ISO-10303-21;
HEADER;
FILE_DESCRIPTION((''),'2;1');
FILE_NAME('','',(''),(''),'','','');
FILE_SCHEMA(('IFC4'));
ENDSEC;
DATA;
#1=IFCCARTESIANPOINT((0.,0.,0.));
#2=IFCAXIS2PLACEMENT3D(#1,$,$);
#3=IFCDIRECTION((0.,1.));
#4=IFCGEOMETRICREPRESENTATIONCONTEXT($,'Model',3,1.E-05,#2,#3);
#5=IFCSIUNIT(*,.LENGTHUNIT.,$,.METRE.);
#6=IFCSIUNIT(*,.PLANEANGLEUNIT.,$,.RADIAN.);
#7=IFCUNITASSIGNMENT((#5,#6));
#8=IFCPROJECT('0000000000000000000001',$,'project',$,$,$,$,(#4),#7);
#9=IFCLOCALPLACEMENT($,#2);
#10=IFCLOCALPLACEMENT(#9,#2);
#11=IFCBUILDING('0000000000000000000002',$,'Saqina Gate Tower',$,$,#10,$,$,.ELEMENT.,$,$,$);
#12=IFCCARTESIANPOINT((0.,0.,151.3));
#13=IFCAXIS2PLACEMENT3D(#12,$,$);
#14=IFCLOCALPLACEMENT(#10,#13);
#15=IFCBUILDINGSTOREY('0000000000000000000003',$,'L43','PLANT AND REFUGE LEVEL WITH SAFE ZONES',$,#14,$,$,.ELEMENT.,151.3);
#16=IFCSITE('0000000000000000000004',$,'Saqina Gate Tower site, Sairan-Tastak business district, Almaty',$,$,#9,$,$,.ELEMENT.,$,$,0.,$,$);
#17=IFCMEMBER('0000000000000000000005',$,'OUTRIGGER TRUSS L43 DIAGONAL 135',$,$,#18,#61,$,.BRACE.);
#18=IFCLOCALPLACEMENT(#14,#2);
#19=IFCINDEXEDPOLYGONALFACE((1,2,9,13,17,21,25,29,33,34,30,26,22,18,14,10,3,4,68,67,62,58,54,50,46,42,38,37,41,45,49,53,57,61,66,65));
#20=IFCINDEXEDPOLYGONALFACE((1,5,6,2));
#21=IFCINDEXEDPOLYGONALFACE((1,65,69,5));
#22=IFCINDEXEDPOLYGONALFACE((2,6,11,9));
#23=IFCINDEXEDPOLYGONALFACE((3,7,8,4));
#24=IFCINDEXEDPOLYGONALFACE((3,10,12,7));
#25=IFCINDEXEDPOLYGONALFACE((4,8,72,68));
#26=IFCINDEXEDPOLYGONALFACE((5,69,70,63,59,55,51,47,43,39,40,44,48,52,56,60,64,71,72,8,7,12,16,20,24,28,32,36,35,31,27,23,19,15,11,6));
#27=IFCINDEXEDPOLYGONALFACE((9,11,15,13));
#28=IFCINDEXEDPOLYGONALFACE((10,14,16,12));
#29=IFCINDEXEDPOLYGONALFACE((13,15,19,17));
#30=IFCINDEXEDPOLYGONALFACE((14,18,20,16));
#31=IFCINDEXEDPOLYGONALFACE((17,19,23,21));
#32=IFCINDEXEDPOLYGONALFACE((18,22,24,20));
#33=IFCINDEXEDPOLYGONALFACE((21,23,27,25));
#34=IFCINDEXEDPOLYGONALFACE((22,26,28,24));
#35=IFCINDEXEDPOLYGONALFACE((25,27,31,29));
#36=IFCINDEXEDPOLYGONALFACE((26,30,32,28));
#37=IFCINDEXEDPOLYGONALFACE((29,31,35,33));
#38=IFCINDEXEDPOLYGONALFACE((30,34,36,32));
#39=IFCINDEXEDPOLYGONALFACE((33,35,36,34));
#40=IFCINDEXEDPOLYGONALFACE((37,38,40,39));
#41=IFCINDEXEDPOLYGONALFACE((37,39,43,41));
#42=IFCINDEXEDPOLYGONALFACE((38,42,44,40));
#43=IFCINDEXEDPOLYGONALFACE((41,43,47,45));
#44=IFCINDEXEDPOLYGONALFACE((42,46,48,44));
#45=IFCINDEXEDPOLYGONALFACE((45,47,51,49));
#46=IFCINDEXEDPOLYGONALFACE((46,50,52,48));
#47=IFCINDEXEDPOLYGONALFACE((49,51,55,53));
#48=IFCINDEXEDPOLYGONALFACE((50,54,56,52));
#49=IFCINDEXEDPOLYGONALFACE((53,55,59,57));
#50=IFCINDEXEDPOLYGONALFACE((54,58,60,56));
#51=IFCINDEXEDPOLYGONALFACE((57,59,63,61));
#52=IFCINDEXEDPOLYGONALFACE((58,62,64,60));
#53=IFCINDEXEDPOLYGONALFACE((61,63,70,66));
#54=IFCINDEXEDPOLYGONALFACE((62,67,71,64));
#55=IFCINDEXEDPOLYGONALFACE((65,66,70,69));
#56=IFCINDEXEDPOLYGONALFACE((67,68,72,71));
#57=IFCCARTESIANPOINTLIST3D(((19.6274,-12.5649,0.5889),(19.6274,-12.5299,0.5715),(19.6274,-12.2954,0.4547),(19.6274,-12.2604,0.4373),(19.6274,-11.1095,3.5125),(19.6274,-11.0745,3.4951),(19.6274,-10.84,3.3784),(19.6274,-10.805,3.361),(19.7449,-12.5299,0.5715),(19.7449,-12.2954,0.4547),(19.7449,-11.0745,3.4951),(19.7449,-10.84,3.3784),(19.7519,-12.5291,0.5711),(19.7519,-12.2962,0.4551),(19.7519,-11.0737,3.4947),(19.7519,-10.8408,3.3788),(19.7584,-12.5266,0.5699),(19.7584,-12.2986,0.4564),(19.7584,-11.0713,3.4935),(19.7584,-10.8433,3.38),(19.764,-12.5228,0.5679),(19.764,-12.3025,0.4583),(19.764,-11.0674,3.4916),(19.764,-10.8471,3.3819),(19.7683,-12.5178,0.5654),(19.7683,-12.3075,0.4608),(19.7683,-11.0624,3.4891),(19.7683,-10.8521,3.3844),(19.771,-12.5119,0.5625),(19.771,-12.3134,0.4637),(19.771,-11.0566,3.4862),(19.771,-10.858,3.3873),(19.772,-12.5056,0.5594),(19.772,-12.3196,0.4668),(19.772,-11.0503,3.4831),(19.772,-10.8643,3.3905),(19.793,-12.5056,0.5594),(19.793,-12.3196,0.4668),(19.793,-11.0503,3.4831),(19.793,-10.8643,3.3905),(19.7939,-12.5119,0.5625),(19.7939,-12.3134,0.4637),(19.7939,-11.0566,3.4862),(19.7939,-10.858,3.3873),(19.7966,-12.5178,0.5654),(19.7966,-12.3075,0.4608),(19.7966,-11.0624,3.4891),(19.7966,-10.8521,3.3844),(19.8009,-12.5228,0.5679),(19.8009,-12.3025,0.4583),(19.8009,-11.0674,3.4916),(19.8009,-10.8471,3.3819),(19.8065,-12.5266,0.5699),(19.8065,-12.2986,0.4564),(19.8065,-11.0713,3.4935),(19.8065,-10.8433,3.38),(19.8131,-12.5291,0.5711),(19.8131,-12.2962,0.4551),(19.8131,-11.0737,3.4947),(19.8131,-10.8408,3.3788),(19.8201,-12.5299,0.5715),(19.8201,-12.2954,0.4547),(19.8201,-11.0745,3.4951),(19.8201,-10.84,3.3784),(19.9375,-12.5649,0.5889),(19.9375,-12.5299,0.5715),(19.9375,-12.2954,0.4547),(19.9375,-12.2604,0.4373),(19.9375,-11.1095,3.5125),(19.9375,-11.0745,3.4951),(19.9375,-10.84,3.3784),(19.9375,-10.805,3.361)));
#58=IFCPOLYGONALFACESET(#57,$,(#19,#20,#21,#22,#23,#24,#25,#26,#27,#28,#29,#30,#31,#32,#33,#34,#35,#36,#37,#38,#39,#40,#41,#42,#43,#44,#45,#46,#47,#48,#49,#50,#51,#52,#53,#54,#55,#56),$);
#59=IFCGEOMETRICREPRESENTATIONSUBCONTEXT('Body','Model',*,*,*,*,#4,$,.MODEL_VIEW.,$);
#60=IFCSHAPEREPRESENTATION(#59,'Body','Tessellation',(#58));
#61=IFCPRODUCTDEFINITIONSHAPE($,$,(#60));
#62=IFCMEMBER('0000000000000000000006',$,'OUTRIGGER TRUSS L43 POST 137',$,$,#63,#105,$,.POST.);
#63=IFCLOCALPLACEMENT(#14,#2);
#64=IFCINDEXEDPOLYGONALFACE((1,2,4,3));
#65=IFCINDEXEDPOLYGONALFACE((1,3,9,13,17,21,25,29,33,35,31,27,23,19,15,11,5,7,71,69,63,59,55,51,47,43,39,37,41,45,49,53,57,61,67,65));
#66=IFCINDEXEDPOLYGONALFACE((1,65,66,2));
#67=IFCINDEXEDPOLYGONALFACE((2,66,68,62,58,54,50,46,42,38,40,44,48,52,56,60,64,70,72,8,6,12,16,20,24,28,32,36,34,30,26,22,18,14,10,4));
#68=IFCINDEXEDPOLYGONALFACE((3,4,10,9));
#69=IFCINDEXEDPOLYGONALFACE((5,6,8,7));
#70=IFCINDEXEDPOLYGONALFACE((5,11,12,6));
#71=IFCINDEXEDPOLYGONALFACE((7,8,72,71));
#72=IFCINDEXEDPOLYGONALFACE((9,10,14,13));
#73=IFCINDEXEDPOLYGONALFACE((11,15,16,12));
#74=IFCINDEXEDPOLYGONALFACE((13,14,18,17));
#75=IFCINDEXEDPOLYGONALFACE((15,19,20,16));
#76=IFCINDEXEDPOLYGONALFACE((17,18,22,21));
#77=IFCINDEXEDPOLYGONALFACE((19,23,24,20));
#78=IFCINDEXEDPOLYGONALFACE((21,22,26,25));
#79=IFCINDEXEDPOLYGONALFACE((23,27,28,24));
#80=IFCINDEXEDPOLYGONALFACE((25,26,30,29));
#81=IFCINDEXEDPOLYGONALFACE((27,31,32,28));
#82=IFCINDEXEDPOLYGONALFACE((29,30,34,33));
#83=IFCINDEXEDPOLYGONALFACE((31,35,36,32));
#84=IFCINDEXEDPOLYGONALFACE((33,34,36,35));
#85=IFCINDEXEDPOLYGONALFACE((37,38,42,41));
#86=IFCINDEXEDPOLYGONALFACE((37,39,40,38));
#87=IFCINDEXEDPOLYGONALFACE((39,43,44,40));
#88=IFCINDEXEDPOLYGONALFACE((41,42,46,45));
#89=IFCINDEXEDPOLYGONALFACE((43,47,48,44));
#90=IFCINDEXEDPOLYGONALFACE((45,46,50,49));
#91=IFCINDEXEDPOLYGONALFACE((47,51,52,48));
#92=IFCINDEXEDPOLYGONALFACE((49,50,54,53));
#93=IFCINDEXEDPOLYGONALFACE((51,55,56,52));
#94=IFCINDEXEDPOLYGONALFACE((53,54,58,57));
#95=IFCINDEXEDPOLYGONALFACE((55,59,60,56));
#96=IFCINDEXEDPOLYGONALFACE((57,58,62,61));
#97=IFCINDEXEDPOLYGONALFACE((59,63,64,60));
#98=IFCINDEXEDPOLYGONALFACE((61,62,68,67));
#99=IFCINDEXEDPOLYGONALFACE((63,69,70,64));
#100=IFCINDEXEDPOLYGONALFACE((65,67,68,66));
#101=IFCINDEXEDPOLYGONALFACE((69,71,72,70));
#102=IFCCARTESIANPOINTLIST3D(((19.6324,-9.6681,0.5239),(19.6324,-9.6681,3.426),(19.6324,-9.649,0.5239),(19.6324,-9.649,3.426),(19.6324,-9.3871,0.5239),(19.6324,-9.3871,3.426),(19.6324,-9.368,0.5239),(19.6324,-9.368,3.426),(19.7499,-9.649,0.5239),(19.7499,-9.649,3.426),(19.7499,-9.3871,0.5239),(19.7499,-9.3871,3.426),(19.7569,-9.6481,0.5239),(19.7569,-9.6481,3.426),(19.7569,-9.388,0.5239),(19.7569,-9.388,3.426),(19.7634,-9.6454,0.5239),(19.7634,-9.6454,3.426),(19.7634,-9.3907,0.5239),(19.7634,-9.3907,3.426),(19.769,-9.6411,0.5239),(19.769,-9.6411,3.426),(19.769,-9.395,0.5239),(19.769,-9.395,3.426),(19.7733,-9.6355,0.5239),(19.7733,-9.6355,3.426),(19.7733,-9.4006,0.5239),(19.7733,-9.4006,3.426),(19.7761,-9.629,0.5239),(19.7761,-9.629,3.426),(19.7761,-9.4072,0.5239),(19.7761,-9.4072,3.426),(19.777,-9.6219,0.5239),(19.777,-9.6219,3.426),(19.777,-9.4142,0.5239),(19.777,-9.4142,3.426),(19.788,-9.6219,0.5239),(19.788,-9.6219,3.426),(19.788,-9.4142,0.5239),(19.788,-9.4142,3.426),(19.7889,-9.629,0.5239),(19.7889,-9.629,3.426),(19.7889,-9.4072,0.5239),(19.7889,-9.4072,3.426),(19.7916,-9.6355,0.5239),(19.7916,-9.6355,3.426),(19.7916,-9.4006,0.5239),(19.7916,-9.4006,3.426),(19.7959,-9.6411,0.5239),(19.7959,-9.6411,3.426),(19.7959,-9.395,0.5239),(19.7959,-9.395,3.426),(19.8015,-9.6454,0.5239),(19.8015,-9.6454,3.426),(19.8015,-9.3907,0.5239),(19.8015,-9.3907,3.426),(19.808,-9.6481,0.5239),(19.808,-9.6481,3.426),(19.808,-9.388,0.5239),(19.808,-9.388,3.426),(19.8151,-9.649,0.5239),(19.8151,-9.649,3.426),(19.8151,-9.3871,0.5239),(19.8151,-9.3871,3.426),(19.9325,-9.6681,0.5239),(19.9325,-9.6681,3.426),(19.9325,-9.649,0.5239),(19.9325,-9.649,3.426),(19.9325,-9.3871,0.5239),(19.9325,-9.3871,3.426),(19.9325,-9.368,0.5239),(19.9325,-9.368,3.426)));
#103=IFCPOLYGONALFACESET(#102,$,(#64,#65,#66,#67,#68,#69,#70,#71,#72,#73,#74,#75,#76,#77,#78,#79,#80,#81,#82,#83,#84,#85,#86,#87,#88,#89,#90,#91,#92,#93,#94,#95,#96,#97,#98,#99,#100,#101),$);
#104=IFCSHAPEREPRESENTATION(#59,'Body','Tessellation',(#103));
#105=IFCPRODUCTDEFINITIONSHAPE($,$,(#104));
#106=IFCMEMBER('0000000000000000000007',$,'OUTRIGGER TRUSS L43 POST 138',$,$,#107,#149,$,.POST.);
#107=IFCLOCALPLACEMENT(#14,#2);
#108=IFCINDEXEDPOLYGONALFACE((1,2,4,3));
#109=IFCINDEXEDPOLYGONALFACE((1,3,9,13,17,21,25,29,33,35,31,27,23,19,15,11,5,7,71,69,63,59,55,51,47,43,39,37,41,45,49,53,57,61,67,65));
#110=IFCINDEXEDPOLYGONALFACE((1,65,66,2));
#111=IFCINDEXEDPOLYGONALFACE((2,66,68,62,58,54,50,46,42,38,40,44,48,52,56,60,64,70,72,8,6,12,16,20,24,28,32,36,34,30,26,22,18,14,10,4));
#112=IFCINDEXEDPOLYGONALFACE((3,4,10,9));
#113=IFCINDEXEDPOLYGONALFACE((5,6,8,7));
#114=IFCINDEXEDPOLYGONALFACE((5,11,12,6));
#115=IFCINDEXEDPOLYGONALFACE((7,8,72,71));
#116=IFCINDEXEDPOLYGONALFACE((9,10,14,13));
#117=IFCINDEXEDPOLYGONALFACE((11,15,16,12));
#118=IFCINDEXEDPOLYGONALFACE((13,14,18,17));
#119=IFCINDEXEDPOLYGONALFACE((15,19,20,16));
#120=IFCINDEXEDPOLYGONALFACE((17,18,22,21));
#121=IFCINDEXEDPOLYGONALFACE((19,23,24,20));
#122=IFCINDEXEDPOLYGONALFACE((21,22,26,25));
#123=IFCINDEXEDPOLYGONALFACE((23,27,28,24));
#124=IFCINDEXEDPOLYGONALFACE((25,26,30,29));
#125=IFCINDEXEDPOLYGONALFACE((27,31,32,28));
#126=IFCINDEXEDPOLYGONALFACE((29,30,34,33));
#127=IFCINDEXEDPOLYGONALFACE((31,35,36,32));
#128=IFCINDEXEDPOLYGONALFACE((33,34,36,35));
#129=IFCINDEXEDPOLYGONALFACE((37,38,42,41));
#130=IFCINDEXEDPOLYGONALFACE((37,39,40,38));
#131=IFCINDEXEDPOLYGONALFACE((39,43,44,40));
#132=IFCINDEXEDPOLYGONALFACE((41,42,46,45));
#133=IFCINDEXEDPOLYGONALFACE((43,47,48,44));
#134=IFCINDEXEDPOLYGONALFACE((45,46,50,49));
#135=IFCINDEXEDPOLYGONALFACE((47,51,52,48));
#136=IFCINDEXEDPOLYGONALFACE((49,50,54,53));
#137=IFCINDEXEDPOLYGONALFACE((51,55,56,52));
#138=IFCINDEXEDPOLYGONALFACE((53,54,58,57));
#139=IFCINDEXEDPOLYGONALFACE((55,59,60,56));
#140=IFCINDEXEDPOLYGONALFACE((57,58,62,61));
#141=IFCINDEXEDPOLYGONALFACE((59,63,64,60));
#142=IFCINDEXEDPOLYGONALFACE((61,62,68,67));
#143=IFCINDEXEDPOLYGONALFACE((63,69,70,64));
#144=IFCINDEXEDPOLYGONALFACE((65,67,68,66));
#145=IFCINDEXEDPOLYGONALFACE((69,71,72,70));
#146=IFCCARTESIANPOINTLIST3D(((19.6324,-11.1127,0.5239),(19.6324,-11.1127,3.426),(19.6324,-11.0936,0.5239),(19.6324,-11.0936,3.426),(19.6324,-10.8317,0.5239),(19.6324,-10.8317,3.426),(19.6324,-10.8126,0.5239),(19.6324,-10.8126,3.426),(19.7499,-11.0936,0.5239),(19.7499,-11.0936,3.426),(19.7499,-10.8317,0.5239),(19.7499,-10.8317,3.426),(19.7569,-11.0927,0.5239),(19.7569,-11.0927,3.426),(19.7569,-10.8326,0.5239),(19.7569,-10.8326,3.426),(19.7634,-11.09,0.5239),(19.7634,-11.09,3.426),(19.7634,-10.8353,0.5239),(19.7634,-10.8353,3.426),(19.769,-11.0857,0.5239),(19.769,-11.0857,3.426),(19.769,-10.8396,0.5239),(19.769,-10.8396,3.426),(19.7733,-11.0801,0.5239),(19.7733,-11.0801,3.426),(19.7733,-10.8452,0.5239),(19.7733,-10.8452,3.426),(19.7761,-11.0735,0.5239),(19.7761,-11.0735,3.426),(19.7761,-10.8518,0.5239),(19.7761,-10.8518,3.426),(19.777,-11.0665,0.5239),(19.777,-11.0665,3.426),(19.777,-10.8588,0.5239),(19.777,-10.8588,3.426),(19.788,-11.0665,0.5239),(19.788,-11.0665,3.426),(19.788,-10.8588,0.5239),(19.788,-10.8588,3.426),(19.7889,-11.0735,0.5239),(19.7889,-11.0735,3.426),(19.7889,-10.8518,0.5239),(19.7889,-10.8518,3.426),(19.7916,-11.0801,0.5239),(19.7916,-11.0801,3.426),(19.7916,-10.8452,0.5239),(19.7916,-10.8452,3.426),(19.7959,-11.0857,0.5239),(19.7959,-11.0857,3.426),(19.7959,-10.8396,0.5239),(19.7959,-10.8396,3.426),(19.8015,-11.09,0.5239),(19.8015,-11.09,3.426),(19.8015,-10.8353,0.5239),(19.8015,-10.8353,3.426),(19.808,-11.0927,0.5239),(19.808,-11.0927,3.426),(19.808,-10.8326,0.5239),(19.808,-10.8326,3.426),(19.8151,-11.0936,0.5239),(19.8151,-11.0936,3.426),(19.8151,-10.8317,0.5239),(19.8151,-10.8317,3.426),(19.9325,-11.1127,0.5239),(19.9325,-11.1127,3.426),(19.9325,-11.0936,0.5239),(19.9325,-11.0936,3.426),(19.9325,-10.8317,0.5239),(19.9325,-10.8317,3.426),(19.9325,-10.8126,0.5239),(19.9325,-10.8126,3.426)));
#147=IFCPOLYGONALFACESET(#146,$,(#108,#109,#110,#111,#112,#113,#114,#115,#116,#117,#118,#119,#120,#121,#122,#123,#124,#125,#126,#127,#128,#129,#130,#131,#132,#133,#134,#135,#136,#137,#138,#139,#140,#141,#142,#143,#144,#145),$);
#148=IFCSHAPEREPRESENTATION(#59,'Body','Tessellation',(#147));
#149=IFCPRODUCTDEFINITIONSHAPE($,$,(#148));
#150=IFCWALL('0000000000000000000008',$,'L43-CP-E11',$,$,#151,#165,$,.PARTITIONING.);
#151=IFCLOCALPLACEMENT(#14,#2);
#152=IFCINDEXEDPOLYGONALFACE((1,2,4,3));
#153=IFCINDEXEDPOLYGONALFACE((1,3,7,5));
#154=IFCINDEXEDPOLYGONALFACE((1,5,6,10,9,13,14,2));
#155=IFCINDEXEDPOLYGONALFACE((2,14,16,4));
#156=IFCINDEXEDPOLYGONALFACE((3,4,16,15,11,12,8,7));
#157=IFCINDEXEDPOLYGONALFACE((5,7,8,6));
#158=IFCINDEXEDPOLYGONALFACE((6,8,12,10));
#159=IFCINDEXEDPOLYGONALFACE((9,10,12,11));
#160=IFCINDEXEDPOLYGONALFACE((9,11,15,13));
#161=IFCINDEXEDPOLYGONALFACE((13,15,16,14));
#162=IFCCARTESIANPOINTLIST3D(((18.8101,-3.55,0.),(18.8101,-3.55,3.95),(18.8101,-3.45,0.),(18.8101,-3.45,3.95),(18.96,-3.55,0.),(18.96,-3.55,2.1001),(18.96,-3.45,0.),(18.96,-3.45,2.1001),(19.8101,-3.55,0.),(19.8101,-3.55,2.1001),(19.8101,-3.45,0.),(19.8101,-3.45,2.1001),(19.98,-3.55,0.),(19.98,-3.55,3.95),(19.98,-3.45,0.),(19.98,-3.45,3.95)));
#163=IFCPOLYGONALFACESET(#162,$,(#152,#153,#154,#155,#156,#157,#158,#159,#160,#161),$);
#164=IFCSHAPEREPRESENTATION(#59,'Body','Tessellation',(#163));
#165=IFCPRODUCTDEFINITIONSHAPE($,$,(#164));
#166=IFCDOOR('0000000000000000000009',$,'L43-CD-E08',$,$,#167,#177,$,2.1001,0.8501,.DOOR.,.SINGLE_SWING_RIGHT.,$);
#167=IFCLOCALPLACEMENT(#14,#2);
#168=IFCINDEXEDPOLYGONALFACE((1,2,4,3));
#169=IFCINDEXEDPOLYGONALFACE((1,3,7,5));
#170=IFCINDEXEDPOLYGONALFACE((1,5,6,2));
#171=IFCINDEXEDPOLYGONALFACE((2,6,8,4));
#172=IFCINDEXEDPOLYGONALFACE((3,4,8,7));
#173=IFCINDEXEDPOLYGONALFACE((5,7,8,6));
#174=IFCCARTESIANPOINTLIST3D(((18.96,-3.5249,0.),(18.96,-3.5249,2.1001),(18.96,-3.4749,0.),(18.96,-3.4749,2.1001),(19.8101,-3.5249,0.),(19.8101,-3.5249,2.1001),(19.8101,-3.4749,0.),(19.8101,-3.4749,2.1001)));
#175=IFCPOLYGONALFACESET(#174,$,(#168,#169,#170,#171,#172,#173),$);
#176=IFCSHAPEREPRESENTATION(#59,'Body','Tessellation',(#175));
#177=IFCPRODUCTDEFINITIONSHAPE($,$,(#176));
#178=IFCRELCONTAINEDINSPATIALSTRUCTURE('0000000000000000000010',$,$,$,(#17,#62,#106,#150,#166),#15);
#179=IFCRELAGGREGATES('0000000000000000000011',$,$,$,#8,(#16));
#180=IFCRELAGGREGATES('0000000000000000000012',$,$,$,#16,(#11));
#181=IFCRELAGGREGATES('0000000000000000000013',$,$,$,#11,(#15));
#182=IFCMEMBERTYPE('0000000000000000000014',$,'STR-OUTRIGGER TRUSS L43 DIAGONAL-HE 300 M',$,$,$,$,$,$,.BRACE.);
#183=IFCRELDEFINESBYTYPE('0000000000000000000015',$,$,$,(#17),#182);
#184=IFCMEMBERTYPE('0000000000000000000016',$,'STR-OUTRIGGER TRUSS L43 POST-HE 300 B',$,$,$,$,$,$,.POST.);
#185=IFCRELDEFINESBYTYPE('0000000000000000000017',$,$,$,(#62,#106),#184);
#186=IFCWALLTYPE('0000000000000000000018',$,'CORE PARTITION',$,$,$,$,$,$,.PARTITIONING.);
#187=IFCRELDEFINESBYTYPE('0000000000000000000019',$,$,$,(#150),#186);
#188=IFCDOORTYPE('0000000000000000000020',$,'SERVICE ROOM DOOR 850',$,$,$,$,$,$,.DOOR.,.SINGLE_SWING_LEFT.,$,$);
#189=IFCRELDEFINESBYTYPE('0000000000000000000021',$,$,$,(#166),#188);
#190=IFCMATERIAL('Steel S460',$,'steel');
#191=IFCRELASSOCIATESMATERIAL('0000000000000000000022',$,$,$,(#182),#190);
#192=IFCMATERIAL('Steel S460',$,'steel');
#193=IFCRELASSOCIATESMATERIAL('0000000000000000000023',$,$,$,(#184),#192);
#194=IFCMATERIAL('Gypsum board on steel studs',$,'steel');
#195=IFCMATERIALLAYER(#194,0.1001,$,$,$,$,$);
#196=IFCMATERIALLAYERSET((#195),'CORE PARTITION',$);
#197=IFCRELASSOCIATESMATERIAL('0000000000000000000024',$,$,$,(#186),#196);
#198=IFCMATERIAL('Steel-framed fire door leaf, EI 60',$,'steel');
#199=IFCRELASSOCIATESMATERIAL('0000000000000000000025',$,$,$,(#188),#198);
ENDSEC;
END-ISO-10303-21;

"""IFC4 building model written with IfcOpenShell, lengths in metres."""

from ifc_helpers import new_model, si_unit, direction, frame, frame_2d, origin, origin_2d, place, context, subcontext, project, spatial, rectangle, i_section, extrude, material, layer, layer_set, material_profile, profile_set, type_object, element, fill, save


model = new_model("IFC4")

# Units and contexts
model_context = context("Model", 3, precision=1e-05, world=origin(), true_north=direction((0.0, 1.0)))
body_context = subcontext(model_context, "Body", "Model", "MODEL_VIEW")
ifc_project = project(units=[si_unit("LENGTHUNIT", "METRE"), si_unit("PLANEANGLEUNIT", "RADIAN")], contexts=[model_context])

# Site, building, storey
site_placement = place(None, origin())
site = spatial("IfcSite", under=ifc_project, at=site_placement, Name="Saqina Gate Tower site, Sairan-Tastak business district, Almaty", CompositionType="ELEMENT", RefElevation=0.0)
building_placement = place(site_placement, origin())
building = spatial("IfcBuilding", under=site, at=building_placement, Name="Saqina Gate Tower", CompositionType="ELEMENT")
storey_placement = place(building_placement, frame((0.0, 0.0, 151.3)))
storey = spatial("IfcBuildingStorey", under=building, at=storey_placement, Name="L43", Description="PLANT AND REFUGE LEVEL WITH SAFE ZONES", CompositionType="ELEMENT", Elevation=151.3)

# Members
ifc_material_1 = material(Name="Steel S460", Category="steel")
ifc_material_profile_1 = material_profile(ifc_material_1, i_section(OverallWidth=0.3101, OverallDepth=0.3401, WebThickness=0.021, FlangeThickness=0.0391, FilletRadius=0.0271, at=origin_2d()), Name="HE 300 M")
ifc_profile_set_1 = profile_set([ifc_material_profile_1], Name="Steel S460")
member_type_1 = type_object("IfcMemberType", Name="STR-OUTRIGGER TRUSS L43 DIAGONAL-HE 300 M", PredefinedType="BRACE", material=ifc_profile_set_1)
for number, where, z_axis, x_axis, name in (
    (1, (19.7825, -10.9573, 3.4368), (0.0, -0.445628, -0.895218), (1.0, 0.0, 0.0), "OUTRIGGER TRUSS L43 DIAGONAL 135"),
):
    element("IfcMember", number, at=place(storey_placement, frame(where, z_axis=z_axis, x_axis=x_axis)), inside=storey, type_object=member_type_1, Name=name, PredefinedType="BRACE", context=body_context, shape_type="SweptSolid", body=[
        extrude(i_section(OverallWidth=0.3101, OverallDepth=0.3401, WebThickness=0.021, FlangeThickness=0.0391, FilletRadius=0.0271, at=origin_2d()), origin(), (0.0, 0.0, 1.0), 3.2659),
    ])
ifc_material_2 = material(Name="Steel S460", Category="steel")
ifc_material_profile_2 = material_profile(ifc_material_2, i_section(OverallWidth=0.3, OverallDepth=0.3, WebThickness=0.011, FlangeThickness=0.019, FilletRadius=0.0271, at=origin_2d()), Name="HE 300 B")
ifc_profile_set_2 = profile_set([ifc_material_profile_2], Name="Steel S460")
member_type_2 = type_object("IfcMemberType", Name="STR-OUTRIGGER TRUSS L43 POST-HE 300 B", PredefinedType="POST", material=ifc_profile_set_2)
for number, where, z_axis, x_axis, name in (
    (2, (19.7825, -9.5181, 0.5239), (0.0, 0.0, 1.0), (1.0, 0.0, 0.0), "OUTRIGGER TRUSS L43 POST 137"),
    (3, (19.7825, -10.9626, 0.5239), (0.0, 0.0, 1.0), (1.0, 0.0, 0.0), "OUTRIGGER TRUSS L43 POST 138"),
):
    element("IfcMember", number, at=place(storey_placement, frame(where, z_axis=z_axis, x_axis=x_axis)), inside=storey, type_object=member_type_2, Name=name, PredefinedType="POST", context=body_context, shape_type="SweptSolid", body=[
        extrude(i_section(OverallWidth=0.3, OverallDepth=0.3, WebThickness=0.011, FlangeThickness=0.019, FilletRadius=0.0271, at=origin_2d()), origin(), (0.0, 0.0, 1.0), 2.9021),
    ])

# Wall, opening, door
ifc_material_3 = material(Name="Gypsum board on steel studs", Category="steel")
ifc_layer_1 = layer(ifc_material_3, 0.1001)
ifc_layer_set_1 = layer_set([ifc_layer_1], Name="CORE PARTITION")
wall_type_1 = type_object("IfcWallType", Name="CORE PARTITION", PredefinedType="PARTITIONING", material=ifc_layer_set_1)
wall_1_placement = place(storey_placement, frame((18.8101, -3.5, 0.0), z_axis=(0.0, 0.0, 1.0), x_axis=(1.0, 0.0, 0.0)))
wall_1 = element("IfcWall", 4, at=wall_1_placement, inside=storey, type_object=wall_type_1, Name="L43-CP-E11", PredefinedType="PARTITIONING", context=body_context, shape_type="SweptSolid", body=[
    extrude(rectangle(XDim=1.1699, YDim=0.1001, at=frame_2d((0.585, 0.0))), origin(), (0.0, 0.0, 1.0), 3.95),
])
opening_1_placement = place(wall_1_placement, frame((0.1499, 0.0, 0.0)))
opening_1 = element("IfcOpeningElement", 5, at=opening_1_placement, cuts=wall_1, PredefinedType="OPENING", context=body_context, shape_type="SweptSolid", body=[
    extrude(rectangle(XDim=0.8501, YDim=2.1001, at=frame_2d((0.425, 1.05))), frame((0.0, 0.062, 0.0), z_axis=(0.0, -1.0, 0.0), x_axis=(1.0, 0.0, 0.0)), (0.0, 0.0, 1.0), 0.124),
])
ifc_material_4 = material(Name="Steel-framed fire door leaf, EI 60", Category="steel")
door_type_1 = type_object("IfcDoorType", Name="SERVICE ROOM DOOR 850", OperationType="SINGLE_SWING_LEFT", PredefinedType="DOOR", material=ifc_material_4)
door_1_placement = place(opening_1_placement, frame((0.8501, 0.0, 0.0), z_axis=(0.0, 0.0, 1.0), x_axis=(-1.0, 0.0, 0.0)))
door_1 = element("IfcDoor", 6, at=door_1_placement, inside=storey, type_object=door_type_1, Name="L43-CD-E08", OperationType="SINGLE_SWING_RIGHT", OverallHeight=2.1001, OverallWidth=0.8501, PredefinedType="DOOR", context=body_context, shape_type="SweptSolid", body=[
    extrude(rectangle(XDim=0.8501, YDim=2.1001, at=frame_2d((0.425, 1.05))), frame((0.0, 0.0249, 0.0), z_axis=(0.0, -1.0, 0.0), x_axis=(1.0, 0.0, 0.0)), (0.0, 0.0, 1.0), 0.05),
])
fill(opening_1, door_1)

save(model, "model.ifc")
